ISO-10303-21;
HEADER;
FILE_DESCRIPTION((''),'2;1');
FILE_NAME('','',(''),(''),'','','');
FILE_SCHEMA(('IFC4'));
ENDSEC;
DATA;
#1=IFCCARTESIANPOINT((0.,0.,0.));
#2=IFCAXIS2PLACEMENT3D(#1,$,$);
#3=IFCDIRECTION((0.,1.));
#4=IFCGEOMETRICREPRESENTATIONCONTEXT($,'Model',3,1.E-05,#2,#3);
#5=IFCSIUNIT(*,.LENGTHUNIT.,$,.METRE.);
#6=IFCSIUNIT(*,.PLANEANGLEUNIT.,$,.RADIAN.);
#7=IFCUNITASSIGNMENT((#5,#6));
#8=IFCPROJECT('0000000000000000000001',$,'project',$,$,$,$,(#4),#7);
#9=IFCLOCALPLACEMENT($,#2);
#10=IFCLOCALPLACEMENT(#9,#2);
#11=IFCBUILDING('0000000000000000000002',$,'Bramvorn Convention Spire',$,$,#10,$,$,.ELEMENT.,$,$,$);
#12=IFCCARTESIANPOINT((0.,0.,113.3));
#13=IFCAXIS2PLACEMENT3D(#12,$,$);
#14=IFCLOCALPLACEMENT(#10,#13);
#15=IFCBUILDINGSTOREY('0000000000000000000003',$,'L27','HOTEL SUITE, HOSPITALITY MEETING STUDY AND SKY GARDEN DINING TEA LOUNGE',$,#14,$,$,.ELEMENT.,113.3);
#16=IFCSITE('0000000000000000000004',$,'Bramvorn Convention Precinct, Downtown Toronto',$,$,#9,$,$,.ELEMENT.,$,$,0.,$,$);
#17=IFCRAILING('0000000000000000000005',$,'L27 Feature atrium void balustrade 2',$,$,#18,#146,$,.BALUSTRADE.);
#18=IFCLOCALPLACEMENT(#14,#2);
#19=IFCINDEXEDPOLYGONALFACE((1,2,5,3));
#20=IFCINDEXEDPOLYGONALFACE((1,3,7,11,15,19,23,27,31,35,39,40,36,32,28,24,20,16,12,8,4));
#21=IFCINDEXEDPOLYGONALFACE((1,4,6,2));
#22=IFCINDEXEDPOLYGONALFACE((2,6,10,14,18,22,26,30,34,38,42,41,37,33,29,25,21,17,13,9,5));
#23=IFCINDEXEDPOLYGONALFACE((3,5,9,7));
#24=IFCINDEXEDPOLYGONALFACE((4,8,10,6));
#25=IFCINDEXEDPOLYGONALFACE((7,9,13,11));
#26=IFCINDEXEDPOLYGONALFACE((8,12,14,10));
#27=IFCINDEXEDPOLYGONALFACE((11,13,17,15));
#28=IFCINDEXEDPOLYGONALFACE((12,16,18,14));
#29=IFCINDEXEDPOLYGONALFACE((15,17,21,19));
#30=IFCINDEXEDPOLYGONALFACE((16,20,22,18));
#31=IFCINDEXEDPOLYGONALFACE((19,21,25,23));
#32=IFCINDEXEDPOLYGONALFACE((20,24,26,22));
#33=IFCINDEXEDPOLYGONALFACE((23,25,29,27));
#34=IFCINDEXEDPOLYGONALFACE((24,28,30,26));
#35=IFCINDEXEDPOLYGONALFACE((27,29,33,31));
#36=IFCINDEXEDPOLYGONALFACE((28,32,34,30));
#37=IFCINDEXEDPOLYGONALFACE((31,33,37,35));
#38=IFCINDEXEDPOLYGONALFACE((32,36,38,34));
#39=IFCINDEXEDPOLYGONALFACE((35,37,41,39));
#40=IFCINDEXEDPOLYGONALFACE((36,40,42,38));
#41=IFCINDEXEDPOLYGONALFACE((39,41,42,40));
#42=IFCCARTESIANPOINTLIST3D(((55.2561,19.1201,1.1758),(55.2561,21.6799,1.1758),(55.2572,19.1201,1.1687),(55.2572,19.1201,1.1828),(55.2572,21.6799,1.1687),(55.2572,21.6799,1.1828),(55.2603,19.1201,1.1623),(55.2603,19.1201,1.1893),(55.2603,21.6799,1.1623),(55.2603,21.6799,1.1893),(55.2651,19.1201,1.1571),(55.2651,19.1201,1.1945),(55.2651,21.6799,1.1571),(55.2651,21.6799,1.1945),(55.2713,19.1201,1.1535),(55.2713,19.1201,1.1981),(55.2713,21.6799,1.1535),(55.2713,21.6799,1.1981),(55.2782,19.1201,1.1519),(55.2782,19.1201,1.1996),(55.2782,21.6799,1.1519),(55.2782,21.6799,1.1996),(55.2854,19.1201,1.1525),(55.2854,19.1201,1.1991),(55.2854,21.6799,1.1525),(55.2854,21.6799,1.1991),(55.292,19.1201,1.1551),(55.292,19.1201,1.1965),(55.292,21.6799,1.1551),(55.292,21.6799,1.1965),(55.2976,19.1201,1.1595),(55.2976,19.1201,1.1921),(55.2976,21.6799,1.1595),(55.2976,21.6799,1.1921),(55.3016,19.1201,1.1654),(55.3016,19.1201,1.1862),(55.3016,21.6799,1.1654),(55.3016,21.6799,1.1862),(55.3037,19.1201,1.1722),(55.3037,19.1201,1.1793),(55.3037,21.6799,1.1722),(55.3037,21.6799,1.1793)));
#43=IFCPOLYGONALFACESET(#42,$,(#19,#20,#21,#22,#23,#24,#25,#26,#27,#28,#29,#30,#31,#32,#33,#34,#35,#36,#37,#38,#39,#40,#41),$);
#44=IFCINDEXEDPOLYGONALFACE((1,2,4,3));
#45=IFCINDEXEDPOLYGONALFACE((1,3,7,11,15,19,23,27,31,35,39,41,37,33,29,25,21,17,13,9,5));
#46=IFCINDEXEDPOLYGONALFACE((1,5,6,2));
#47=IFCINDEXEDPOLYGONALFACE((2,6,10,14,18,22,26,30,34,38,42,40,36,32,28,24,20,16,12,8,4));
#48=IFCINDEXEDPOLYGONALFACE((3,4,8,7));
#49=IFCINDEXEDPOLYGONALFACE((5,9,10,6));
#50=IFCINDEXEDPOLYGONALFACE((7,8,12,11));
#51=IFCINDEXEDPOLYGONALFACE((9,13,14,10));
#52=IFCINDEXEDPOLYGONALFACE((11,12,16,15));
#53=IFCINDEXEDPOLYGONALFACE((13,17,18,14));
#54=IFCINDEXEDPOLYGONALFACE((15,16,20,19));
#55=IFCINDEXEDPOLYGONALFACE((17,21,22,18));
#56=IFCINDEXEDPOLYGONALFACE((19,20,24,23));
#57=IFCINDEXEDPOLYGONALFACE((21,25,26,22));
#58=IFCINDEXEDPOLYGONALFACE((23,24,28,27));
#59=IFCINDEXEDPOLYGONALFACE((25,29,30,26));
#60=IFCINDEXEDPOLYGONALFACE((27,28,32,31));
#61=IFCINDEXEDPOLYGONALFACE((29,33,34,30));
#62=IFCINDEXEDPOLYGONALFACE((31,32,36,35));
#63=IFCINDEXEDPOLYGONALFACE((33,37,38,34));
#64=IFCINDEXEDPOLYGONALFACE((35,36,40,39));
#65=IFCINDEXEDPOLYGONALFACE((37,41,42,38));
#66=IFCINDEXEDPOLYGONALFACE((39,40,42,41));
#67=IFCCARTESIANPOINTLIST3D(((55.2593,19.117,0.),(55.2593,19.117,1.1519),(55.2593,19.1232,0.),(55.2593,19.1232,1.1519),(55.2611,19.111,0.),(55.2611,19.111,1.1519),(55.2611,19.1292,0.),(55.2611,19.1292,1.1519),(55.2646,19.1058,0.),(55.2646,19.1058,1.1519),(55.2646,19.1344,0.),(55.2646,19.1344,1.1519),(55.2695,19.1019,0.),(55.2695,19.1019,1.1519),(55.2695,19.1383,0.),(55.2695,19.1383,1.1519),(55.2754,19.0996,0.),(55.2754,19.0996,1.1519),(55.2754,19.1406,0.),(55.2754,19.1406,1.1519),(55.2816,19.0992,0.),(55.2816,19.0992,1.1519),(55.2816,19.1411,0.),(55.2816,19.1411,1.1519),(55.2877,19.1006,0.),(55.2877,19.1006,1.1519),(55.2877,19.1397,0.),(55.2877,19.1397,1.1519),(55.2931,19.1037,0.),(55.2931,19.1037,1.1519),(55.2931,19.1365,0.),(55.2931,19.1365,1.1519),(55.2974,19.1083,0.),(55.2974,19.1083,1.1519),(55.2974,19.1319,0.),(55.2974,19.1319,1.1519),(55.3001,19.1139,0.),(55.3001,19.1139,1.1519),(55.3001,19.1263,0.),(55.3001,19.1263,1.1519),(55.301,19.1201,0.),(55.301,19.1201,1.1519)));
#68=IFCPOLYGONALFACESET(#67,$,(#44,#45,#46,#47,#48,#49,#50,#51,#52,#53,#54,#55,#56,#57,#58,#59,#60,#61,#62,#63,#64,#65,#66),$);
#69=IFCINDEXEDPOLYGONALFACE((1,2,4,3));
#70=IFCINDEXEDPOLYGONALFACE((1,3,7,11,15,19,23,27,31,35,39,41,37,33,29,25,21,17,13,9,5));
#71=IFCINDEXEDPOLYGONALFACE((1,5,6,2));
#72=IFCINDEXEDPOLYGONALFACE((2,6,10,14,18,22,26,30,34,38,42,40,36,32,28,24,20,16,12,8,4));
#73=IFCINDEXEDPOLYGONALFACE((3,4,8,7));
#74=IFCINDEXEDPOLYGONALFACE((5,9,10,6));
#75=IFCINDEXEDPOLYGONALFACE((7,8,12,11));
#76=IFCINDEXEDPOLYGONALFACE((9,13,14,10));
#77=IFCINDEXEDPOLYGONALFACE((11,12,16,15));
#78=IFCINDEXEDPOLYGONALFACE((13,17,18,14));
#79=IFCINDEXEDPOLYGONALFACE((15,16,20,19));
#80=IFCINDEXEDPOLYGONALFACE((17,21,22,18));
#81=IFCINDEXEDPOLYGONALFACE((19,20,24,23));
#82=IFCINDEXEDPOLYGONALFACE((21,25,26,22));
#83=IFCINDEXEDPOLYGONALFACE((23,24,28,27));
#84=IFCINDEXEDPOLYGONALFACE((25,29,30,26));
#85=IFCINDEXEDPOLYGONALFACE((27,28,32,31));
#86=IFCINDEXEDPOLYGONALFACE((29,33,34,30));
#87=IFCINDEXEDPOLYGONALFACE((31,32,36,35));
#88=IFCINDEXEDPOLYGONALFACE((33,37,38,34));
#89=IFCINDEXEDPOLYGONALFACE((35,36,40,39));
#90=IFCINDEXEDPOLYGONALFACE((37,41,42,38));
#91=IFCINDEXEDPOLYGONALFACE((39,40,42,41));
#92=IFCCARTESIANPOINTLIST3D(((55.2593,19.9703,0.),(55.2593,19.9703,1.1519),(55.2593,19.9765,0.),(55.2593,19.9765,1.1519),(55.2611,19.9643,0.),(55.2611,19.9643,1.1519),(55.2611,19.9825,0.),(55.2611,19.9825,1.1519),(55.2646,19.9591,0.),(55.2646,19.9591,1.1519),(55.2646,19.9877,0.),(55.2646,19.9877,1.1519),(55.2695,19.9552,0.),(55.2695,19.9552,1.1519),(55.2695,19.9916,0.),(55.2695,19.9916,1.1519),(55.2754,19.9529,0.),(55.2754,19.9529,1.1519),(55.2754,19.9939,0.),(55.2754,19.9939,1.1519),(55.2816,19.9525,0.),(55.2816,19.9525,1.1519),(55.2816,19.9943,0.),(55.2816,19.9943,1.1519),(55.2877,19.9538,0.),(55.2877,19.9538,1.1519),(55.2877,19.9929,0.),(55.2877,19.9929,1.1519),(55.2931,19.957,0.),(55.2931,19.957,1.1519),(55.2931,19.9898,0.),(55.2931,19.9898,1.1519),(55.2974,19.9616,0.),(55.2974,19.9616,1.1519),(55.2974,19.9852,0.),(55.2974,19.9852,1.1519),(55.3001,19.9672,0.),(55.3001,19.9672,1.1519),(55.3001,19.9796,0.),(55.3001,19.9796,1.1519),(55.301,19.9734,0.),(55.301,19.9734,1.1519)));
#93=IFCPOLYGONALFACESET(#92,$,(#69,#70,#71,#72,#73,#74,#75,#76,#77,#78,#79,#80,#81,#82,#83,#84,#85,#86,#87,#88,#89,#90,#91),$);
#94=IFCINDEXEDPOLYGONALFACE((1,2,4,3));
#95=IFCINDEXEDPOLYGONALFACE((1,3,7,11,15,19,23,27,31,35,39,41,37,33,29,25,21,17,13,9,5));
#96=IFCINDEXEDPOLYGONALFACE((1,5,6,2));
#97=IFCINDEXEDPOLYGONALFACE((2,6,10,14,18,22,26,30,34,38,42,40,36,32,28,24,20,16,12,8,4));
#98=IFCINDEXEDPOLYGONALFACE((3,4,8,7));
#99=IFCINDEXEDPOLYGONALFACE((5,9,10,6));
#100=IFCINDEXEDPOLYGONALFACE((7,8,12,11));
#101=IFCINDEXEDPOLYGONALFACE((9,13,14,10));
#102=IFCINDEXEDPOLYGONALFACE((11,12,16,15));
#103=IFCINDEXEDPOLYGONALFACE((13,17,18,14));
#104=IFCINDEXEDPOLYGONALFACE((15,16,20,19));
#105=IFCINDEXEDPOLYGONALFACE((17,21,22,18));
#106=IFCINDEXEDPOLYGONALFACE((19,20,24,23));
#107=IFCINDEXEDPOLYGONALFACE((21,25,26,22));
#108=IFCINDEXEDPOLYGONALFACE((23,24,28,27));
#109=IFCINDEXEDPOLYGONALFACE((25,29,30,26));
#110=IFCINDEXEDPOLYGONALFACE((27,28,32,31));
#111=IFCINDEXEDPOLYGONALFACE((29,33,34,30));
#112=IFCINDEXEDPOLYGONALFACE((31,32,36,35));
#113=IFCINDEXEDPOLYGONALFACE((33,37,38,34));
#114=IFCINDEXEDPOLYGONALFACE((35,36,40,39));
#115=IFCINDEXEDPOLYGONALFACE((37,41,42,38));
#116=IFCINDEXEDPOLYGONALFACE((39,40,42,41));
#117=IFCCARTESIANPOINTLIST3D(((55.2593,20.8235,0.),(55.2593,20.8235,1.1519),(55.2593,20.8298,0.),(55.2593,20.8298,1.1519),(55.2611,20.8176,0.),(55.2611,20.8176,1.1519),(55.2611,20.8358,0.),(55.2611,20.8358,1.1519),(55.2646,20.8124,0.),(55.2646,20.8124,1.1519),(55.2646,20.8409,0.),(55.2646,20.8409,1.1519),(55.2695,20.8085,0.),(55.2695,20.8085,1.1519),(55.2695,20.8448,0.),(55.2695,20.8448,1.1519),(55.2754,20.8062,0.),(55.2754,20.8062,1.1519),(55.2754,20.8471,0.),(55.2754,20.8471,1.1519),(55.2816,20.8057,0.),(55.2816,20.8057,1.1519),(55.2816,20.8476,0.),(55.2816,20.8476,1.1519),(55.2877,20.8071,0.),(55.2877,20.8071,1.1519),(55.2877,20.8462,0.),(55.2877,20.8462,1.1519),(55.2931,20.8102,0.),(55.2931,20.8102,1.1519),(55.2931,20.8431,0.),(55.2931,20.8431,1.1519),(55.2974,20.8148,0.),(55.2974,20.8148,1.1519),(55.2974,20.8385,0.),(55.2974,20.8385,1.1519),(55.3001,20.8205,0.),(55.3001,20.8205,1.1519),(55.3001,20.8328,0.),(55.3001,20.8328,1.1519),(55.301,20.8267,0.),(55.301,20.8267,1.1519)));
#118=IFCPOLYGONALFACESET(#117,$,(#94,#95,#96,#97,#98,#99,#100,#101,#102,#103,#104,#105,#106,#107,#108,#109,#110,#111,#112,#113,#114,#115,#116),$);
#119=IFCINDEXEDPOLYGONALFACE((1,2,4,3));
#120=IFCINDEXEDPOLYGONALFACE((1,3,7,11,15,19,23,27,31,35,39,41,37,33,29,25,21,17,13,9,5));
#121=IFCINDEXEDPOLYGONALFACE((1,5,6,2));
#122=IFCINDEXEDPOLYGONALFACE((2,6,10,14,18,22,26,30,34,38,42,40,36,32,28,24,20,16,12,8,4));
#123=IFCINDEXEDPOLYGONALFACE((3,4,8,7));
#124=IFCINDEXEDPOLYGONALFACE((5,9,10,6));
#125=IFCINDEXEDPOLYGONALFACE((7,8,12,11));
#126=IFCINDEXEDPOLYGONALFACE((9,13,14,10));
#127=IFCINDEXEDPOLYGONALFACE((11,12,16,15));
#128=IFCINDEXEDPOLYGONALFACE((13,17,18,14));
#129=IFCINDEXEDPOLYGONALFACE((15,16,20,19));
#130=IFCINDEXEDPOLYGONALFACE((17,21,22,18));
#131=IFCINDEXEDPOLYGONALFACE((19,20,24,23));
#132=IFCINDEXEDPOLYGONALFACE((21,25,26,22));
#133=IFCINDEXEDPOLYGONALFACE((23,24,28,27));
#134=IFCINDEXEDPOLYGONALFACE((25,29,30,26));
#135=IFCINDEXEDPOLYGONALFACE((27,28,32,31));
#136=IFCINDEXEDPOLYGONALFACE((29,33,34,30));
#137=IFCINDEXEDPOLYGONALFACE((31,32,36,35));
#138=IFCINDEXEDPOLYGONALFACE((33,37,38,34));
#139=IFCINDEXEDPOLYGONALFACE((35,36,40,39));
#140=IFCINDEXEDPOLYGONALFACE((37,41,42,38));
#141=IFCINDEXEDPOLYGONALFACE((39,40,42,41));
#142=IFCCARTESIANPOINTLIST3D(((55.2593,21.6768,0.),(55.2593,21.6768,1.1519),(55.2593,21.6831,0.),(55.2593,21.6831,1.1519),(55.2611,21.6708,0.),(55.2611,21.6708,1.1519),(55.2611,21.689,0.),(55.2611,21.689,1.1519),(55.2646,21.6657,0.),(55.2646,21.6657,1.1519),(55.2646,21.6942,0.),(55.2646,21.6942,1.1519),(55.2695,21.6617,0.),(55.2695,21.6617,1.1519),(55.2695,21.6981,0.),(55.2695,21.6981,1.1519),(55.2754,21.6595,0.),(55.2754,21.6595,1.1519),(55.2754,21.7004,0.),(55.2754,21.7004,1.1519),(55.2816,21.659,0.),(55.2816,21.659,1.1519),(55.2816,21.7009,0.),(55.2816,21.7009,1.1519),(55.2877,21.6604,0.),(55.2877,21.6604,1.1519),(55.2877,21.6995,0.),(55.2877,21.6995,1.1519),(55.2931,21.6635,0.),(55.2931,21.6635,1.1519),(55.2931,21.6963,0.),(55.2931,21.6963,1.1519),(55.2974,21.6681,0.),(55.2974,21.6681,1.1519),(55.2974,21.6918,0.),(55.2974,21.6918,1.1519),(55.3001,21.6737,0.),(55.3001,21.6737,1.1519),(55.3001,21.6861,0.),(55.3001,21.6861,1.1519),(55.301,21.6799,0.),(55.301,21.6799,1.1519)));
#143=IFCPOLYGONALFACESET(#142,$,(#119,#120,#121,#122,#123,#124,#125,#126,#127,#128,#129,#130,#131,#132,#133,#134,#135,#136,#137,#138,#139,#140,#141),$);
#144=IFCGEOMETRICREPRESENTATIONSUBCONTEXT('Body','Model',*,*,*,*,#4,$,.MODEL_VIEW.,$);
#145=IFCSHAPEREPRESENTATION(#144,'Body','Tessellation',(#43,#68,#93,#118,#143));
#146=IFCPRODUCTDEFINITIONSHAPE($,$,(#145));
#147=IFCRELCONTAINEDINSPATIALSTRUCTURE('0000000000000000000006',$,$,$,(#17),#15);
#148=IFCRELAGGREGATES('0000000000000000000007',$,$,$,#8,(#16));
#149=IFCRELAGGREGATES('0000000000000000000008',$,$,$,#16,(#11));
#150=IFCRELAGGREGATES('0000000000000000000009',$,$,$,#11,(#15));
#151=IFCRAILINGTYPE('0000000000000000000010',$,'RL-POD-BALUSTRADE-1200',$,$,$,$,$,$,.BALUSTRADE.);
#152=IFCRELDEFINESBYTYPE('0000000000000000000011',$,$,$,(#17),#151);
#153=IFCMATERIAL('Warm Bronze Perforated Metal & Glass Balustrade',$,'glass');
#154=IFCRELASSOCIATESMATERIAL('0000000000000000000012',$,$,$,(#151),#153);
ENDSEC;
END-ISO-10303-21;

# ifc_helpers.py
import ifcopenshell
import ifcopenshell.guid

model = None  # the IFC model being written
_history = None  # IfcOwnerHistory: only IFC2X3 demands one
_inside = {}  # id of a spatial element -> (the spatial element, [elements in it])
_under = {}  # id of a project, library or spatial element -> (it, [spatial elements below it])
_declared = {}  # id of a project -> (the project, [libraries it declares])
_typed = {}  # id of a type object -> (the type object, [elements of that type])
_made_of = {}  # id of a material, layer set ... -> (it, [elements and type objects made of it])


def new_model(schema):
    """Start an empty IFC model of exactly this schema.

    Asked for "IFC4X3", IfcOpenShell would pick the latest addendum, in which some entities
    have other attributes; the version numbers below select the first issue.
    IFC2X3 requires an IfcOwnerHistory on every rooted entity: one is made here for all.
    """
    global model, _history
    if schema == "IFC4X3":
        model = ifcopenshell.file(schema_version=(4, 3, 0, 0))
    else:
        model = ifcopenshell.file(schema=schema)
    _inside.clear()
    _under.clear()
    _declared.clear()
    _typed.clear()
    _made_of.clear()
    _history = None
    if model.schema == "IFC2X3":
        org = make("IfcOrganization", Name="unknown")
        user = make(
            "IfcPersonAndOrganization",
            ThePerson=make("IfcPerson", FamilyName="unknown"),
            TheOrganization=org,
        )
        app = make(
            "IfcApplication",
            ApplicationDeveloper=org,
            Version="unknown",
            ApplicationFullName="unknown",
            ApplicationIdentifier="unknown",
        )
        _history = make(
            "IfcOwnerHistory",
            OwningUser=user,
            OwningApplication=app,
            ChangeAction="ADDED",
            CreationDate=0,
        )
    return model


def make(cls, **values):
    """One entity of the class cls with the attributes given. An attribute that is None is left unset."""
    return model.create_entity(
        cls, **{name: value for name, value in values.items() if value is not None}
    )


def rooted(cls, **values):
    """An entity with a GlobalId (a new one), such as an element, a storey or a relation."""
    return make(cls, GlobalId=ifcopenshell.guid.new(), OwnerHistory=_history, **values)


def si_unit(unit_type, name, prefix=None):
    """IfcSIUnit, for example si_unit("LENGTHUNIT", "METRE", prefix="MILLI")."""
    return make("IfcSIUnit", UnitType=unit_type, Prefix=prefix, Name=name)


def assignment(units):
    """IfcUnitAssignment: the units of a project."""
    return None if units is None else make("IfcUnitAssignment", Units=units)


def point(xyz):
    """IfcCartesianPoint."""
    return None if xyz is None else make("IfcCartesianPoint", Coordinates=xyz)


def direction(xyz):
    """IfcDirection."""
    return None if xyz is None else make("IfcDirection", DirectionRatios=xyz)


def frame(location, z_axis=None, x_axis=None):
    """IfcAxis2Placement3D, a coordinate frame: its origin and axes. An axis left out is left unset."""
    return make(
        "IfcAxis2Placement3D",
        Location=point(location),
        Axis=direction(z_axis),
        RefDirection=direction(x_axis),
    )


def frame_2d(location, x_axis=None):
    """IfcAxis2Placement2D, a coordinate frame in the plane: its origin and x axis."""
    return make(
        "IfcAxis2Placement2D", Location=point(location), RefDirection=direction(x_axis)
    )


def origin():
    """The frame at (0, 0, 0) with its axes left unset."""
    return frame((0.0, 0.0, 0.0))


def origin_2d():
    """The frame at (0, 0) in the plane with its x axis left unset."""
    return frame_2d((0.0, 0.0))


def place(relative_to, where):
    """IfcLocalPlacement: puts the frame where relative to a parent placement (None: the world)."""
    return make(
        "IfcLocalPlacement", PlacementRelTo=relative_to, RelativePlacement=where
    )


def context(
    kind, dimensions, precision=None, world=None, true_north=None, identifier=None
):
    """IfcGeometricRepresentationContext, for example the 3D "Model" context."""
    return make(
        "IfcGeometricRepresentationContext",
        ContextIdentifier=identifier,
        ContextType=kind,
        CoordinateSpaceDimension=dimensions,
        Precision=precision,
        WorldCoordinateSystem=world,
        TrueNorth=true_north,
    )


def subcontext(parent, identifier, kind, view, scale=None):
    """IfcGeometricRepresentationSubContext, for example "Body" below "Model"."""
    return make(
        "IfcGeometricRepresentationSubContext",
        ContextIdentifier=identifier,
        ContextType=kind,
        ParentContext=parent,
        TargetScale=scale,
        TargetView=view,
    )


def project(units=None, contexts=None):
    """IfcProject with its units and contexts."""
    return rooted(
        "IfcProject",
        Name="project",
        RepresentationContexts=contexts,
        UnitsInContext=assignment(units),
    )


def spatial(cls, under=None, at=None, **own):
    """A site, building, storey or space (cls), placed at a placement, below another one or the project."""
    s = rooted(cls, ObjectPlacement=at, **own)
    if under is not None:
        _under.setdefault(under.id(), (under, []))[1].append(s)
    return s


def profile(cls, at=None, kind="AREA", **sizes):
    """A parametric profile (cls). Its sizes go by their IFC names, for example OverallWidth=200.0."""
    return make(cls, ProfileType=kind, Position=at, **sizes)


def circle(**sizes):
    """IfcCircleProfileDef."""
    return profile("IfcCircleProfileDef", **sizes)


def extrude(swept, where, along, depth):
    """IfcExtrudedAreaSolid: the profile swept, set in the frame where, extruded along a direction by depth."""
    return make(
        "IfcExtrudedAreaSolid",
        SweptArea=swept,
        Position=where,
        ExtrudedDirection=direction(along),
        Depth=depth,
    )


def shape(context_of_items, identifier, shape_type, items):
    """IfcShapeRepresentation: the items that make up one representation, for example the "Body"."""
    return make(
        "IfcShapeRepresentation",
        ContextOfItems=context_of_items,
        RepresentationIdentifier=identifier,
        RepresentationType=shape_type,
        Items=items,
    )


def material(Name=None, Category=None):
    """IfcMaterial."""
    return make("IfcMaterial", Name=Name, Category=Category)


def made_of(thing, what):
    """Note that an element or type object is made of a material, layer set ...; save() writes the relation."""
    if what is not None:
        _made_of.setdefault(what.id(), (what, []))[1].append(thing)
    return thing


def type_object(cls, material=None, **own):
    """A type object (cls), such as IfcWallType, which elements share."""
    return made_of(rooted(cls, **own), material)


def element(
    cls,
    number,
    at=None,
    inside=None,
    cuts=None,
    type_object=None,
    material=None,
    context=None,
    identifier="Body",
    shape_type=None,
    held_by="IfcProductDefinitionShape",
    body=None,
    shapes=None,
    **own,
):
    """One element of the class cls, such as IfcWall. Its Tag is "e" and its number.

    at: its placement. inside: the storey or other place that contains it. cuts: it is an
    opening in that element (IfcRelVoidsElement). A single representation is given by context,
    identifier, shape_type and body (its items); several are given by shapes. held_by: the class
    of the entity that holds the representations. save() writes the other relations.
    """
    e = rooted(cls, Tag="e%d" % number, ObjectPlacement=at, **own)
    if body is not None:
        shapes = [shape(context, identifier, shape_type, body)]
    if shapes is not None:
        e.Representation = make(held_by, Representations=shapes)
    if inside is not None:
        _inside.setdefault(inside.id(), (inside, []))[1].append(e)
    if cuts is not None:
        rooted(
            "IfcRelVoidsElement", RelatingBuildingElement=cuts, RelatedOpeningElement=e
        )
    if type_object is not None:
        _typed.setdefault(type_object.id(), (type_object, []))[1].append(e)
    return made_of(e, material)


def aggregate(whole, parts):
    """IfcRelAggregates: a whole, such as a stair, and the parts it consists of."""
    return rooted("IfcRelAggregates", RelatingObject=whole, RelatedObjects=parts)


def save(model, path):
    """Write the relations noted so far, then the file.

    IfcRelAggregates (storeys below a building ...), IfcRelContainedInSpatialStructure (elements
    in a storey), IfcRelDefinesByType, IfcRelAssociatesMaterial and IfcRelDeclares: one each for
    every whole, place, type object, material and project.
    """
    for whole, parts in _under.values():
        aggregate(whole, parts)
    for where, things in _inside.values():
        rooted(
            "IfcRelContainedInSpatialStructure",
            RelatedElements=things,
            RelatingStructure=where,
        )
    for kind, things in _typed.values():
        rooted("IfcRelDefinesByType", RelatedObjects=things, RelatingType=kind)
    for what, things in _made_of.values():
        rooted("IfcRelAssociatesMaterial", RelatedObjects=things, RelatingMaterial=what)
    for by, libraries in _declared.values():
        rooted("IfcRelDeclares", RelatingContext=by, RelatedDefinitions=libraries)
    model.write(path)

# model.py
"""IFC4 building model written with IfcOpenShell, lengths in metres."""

from ifc_helpers import new_model, si_unit, direction, frame, origin, origin_2d, place, context, subcontext, project, spatial, circle, extrude, material, type_object, element, save


model = new_model("IFC4")

# Units and contexts
model_context = context("Model", 3, precision=1e-05, world=origin(), true_north=direction((0.0, 1.0)))
body_context = subcontext(model_context, "Body", "Model", "MODEL_VIEW")
ifc_project = project(units=[si_unit("LENGTHUNIT", "METRE"), si_unit("PLANEANGLEUNIT", "RADIAN")], contexts=[model_context])

# Site, building, storey
site_placement = place(None, origin())
site = spatial("IfcSite", under=ifc_project, at=site_placement, Name="Bramvorn Convention Precinct, Downtown Toronto", CompositionType="ELEMENT", RefElevation=0.0)
building_placement = place(site_placement, origin())
building = spatial("IfcBuilding", under=site, at=building_placement, Name="Bramvorn Convention Spire", CompositionType="ELEMENT")
storey_placement = place(building_placement, frame((0.0, 0.0, 113.3)))
storey = spatial("IfcBuildingStorey", under=building, at=storey_placement, Name="L27", Description="HOTEL SUITE, HOSPITALITY MEETING STUDY AND SKY GARDEN DINING TEA LOUNGE", CompositionType="ELEMENT", Elevation=113.3)

# Railing
ifc_material_1 = material(Name="Warm Bronze Perforated Metal & Glass Balustrade", Category="glass")
railing_type = type_object("IfcRailingType", Name="RL-POD-BALUSTRADE-1200", PredefinedType="BALUSTRADE", material=ifc_material_1)
railing_1_placement = place(storey_placement, frame((55.28, 19.1201, 0.0)))
element("IfcRailing", 1, at=railing_1_placement, inside=storey, type_object=railing_type, Name="L27 Feature atrium void balustrade 2", PredefinedType="BALUSTRADE", context=body_context, shape_type="SweptSolid", body=[
    extrude(circle(Radius=0.0239, at=origin_2d()), frame((0.0, 0.0, 1.1758), z_axis=(0.0, 1.0, 0.0), x_axis=(-1.0, 0.0, 0.0)), (0.0, 0.0, 1.0), 2.5598),
    extrude(circle(Radius=0.021, at=origin_2d()), origin(), (0.0, 0.0, 1.0), 1.1519),
    extrude(circle(Radius=0.021, at=origin_2d()), frame((0.0, 0.8533, 0.0)), (0.0, 0.0, 1.0), 1.1519),
    extrude(circle(Radius=0.021, at=origin_2d()), frame((0.0, 1.7065, 0.0)), (0.0, 0.0, 1.0), 1.1519),
    extrude(circle(Radius=0.021, at=origin_2d()), frame((0.0, 2.5598, 0.0)), (0.0, 0.0, 1.0), 1.1519),
])

save(model, "model.ifc")
